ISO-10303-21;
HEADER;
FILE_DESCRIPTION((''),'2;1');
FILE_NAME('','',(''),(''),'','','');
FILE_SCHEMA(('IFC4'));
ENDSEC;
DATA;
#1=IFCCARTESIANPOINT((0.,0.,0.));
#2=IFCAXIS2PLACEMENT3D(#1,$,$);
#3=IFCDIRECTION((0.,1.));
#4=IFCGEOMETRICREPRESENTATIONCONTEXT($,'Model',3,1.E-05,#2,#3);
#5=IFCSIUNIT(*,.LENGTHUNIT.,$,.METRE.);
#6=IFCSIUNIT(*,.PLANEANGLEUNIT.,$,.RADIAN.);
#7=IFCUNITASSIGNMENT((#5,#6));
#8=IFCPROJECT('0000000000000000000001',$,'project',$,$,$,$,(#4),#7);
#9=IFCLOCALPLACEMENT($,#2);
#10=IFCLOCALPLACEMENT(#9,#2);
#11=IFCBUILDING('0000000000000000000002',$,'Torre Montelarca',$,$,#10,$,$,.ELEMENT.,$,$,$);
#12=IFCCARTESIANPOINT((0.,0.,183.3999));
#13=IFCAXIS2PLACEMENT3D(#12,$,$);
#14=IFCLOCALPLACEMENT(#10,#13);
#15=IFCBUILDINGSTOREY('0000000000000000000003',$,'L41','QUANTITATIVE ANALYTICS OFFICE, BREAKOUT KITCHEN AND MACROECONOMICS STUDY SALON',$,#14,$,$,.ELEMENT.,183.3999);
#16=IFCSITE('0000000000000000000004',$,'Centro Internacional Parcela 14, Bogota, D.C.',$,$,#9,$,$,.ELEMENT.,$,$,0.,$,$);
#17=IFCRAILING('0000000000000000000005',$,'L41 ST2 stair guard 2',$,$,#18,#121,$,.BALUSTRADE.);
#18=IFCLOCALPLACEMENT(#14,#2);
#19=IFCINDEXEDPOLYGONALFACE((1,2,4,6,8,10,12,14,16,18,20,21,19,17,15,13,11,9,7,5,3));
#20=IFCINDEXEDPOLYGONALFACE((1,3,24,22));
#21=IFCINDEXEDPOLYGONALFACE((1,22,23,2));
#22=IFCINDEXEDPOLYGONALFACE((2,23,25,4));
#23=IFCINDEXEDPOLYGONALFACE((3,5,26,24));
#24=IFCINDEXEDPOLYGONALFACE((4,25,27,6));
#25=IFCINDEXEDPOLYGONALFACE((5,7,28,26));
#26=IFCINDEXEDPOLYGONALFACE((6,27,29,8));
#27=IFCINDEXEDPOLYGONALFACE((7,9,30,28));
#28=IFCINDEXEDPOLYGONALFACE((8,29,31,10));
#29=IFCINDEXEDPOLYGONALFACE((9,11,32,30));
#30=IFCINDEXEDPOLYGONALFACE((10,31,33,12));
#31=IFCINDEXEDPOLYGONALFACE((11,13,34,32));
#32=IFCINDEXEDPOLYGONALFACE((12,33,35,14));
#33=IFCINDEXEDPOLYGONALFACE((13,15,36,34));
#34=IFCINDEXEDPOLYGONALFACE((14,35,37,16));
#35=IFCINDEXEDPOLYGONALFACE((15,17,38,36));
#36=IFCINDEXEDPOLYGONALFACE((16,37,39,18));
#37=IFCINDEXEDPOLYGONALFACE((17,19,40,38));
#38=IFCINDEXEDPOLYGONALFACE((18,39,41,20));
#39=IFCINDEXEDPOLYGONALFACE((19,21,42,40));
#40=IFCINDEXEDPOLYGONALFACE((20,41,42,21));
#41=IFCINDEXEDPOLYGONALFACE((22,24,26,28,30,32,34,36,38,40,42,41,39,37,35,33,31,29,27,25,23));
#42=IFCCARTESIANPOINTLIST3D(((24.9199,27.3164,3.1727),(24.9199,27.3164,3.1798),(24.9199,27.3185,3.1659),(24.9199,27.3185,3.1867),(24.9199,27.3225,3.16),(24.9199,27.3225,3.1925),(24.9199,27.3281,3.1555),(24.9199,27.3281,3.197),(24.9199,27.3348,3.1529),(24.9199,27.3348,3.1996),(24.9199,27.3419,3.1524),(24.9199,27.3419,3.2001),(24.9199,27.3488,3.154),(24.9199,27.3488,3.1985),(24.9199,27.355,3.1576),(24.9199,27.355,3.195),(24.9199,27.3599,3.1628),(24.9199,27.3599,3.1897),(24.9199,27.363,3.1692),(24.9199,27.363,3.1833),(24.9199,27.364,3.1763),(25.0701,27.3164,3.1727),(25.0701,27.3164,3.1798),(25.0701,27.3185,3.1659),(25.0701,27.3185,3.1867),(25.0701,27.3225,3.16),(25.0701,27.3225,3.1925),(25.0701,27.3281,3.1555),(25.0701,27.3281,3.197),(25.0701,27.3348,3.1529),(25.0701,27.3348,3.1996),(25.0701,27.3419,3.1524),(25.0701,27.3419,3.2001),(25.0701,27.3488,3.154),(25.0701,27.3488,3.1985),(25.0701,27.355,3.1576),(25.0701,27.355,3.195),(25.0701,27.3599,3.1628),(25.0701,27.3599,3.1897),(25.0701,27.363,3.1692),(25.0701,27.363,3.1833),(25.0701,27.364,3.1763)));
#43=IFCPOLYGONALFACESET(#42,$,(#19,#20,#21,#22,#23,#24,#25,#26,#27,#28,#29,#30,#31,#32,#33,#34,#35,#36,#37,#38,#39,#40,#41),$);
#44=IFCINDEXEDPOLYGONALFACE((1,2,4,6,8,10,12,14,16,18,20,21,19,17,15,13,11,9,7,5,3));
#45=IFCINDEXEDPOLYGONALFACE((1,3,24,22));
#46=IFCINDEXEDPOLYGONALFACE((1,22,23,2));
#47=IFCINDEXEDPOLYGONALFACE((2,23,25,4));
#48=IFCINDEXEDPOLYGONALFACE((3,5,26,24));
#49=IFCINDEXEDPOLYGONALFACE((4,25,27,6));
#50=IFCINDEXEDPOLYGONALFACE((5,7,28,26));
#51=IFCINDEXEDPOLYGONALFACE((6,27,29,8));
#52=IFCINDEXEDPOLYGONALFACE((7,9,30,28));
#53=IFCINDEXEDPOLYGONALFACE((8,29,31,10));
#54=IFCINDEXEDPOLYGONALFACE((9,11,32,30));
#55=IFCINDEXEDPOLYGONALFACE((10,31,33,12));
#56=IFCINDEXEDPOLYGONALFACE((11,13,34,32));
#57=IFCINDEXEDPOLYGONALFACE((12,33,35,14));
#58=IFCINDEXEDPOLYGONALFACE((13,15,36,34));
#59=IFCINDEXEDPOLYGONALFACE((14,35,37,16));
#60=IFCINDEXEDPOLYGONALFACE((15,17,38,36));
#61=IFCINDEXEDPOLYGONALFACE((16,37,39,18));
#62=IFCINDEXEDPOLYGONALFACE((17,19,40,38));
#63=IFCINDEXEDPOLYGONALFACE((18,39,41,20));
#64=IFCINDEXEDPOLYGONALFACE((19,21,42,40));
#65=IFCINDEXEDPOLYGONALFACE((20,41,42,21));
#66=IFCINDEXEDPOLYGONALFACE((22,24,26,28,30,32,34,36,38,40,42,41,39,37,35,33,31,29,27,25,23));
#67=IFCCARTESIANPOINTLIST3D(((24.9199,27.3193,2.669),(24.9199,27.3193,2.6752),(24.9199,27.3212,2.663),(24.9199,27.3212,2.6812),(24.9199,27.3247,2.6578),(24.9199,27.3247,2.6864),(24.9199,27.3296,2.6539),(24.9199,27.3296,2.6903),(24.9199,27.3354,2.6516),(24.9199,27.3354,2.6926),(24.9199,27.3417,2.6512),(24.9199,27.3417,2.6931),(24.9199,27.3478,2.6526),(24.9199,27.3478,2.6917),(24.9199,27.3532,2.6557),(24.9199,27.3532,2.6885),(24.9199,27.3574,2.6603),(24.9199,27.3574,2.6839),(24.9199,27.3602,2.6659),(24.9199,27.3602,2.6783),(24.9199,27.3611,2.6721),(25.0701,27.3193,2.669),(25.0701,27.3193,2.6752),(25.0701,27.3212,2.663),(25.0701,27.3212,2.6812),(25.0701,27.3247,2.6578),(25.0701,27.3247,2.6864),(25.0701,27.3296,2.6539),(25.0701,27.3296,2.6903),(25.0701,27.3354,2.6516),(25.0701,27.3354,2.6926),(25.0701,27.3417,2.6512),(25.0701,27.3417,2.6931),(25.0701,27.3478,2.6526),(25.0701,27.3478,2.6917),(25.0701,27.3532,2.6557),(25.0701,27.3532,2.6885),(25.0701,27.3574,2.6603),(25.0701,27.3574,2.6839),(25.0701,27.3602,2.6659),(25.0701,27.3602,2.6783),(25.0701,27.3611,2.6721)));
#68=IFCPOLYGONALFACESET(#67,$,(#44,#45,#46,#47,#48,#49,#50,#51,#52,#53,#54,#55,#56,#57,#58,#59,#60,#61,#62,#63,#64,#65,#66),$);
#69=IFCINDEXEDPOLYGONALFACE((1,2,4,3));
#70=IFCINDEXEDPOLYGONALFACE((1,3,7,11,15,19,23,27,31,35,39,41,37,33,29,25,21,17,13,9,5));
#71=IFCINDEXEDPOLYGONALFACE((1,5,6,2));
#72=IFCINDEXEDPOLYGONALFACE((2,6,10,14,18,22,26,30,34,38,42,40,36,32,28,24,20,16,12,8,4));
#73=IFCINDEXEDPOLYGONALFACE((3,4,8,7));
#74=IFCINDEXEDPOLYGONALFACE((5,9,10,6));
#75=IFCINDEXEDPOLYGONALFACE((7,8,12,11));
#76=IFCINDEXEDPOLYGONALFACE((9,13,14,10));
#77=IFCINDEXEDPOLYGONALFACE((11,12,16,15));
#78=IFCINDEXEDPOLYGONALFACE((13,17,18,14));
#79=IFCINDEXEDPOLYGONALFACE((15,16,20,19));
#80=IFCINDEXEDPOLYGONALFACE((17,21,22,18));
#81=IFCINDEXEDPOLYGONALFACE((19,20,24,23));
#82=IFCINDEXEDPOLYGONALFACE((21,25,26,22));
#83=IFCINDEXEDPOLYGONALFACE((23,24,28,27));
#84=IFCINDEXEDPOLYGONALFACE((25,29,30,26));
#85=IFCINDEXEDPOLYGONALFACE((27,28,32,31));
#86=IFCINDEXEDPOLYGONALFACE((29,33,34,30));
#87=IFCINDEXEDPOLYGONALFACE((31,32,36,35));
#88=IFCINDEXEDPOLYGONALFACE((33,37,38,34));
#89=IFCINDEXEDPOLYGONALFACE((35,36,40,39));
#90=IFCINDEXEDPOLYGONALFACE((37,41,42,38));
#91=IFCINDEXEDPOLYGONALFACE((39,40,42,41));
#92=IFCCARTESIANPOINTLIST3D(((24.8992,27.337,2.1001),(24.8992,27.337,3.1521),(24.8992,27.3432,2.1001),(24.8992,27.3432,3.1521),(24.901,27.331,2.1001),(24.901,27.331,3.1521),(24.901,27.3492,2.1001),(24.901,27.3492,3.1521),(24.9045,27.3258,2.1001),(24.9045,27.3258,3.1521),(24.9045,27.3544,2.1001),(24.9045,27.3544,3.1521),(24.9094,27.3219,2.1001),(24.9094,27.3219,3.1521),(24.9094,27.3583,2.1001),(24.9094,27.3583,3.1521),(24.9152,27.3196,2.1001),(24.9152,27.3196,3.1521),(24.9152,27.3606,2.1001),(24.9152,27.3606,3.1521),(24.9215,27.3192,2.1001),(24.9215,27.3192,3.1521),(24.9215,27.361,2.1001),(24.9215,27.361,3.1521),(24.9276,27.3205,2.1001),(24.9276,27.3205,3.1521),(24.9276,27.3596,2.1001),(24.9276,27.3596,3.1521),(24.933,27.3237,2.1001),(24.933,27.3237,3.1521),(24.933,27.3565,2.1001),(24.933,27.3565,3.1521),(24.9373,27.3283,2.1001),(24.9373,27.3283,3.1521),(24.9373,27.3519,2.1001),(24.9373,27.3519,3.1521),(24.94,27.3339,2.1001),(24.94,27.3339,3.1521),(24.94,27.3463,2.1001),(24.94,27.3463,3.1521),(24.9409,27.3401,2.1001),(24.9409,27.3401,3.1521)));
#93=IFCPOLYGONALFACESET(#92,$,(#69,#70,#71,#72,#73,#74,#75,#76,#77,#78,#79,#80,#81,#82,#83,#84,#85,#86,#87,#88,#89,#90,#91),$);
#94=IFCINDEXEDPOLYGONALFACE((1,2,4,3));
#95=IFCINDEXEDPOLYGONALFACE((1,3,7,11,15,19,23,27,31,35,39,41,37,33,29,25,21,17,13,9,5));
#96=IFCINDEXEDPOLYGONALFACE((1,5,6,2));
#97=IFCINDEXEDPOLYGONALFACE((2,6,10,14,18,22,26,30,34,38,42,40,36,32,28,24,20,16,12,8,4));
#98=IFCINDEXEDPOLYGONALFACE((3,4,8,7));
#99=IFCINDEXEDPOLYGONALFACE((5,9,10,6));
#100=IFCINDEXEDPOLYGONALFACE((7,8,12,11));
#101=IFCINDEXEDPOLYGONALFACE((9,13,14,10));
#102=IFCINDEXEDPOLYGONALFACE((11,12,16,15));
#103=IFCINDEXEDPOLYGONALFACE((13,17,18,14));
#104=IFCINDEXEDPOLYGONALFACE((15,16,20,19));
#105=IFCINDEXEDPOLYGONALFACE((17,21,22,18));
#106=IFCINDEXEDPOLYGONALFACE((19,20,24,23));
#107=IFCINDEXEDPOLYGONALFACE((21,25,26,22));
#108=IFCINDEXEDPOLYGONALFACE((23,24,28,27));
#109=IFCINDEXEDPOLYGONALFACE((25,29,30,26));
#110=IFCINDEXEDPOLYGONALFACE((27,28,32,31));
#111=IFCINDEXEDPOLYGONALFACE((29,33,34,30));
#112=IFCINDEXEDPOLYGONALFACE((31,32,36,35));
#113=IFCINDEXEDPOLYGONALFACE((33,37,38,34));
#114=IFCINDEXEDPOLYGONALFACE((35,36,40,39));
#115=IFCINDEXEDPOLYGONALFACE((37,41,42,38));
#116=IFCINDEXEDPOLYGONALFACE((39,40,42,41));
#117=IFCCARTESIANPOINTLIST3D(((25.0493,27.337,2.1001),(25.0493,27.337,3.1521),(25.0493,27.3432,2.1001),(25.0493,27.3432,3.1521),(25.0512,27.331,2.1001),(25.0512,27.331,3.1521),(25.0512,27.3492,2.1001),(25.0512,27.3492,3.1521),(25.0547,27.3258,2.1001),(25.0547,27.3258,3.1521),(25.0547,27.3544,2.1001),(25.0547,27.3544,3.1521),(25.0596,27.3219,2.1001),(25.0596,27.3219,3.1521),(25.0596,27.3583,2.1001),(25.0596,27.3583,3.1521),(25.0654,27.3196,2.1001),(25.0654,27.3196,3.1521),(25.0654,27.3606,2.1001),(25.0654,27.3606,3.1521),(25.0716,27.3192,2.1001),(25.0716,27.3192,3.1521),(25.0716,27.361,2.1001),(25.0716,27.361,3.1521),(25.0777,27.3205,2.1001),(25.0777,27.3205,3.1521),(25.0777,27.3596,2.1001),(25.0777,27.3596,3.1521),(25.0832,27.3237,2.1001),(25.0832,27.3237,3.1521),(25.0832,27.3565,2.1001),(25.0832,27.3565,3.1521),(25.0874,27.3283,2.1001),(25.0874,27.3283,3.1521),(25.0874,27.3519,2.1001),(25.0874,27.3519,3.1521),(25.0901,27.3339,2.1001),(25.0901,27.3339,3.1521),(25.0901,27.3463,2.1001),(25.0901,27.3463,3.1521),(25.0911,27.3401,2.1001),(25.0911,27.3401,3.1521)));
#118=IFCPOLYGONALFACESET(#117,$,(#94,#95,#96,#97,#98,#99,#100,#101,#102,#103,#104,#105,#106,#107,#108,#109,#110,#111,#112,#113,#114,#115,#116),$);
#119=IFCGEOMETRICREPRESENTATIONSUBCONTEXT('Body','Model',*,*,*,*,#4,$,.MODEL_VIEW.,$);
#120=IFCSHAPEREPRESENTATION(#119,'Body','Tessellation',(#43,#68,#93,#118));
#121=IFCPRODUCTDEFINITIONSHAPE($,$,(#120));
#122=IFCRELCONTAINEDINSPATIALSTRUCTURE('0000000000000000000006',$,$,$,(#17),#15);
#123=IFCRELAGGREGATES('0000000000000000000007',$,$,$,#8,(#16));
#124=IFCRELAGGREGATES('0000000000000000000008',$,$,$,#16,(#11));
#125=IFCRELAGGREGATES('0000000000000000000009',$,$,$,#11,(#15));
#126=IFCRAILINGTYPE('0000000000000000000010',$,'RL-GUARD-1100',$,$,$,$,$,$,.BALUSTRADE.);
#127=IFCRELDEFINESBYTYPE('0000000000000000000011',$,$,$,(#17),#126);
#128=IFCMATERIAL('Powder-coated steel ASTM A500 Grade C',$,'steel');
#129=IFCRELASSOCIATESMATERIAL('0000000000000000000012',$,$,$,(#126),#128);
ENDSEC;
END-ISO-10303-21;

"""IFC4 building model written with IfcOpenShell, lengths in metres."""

from ifc_helpers import new_model, si_unit, direction, frame, origin, origin_2d, place, context, subcontext, project, spatial, circle, extrude, material, type_object, element, save


model = new_model("IFC4")

# Units and contexts
model_context = context("Model", 3, precision=1e-05, world=origin(), true_north=direction((0.0, 1.0)))
body_context = subcontext(model_context, "Body", "Model", "MODEL_VIEW")
ifc_project = project(units=[si_unit("LENGTHUNIT", "METRE"), si_unit("PLANEANGLEUNIT", "RADIAN")], contexts=[model_context])

# Site, building, storey
site_placement = place(None, origin())
site = spatial("IfcSite", under=ifc_project, at=site_placement, Name="Centro Internacional Parcela 14, Bogota, D.C.", CompositionType="ELEMENT", RefElevation=0.0)
building_placement = place(site_placement, origin())
building = spatial("IfcBuilding", under=site, at=building_placement, Name="Torre Montelarca", CompositionType="ELEMENT")
storey_placement = place(building_placement, frame((0.0, 0.0, 183.3999)))
storey = spatial("IfcBuildingStorey", under=building, at=storey_placement, Name="L41", Description="QUANTITATIVE ANALYTICS OFFICE, BREAKOUT KITCHEN AND MACROECONOMICS STUDY SALON", CompositionType="ELEMENT", Elevation=183.3999)

# Railing
ifc_material_1 = material(Name="Powder-coated steel ASTM A500 Grade C", Category="steel")
railing_type_1 = type_object("IfcRailingType", Name="RL-GUARD-1100", PredefinedType="BALUSTRADE", material=ifc_material_1)
railing_1_placement = place(storey_placement, frame((24.9199, 27.3401, 2.1001)))
element("IfcRailing", 1, at=railing_1_placement, inside=storey, type_object=railing_type_1, Name="L41 ST2 stair guard 2", PredefinedType="BALUSTRADE", context=body_context, shape_type="SweptSolid", body=[
    extrude(circle(Radius=0.0239, at=origin_2d()), frame((0.0, 0.0, 1.0762), z_axis=(1.0, 0.0, 0.0), x_axis=(0.0, 1.0, 0.0)), (0.0, 0.0, 1.0), 0.1501),
    extrude(circle(Radius=0.021, at=origin_2d()), frame((0.0, 0.0, 0.572), z_axis=(1.0, 0.0, 0.0), x_axis=(0.0, 1.0, 0.0)), (0.0, 0.0, 1.0), 0.1501),
    extrude(circle(Radius=0.021, at=origin_2d()), origin(), (0.0, 0.0, 1.0), 1.052),
    extrude(circle(Radius=0.021, at=origin_2d()), frame((0.1501, 0.0, 0.0)), (0.0, 0.0, 1.0), 1.052),
])

save(model, "model.ifc")
